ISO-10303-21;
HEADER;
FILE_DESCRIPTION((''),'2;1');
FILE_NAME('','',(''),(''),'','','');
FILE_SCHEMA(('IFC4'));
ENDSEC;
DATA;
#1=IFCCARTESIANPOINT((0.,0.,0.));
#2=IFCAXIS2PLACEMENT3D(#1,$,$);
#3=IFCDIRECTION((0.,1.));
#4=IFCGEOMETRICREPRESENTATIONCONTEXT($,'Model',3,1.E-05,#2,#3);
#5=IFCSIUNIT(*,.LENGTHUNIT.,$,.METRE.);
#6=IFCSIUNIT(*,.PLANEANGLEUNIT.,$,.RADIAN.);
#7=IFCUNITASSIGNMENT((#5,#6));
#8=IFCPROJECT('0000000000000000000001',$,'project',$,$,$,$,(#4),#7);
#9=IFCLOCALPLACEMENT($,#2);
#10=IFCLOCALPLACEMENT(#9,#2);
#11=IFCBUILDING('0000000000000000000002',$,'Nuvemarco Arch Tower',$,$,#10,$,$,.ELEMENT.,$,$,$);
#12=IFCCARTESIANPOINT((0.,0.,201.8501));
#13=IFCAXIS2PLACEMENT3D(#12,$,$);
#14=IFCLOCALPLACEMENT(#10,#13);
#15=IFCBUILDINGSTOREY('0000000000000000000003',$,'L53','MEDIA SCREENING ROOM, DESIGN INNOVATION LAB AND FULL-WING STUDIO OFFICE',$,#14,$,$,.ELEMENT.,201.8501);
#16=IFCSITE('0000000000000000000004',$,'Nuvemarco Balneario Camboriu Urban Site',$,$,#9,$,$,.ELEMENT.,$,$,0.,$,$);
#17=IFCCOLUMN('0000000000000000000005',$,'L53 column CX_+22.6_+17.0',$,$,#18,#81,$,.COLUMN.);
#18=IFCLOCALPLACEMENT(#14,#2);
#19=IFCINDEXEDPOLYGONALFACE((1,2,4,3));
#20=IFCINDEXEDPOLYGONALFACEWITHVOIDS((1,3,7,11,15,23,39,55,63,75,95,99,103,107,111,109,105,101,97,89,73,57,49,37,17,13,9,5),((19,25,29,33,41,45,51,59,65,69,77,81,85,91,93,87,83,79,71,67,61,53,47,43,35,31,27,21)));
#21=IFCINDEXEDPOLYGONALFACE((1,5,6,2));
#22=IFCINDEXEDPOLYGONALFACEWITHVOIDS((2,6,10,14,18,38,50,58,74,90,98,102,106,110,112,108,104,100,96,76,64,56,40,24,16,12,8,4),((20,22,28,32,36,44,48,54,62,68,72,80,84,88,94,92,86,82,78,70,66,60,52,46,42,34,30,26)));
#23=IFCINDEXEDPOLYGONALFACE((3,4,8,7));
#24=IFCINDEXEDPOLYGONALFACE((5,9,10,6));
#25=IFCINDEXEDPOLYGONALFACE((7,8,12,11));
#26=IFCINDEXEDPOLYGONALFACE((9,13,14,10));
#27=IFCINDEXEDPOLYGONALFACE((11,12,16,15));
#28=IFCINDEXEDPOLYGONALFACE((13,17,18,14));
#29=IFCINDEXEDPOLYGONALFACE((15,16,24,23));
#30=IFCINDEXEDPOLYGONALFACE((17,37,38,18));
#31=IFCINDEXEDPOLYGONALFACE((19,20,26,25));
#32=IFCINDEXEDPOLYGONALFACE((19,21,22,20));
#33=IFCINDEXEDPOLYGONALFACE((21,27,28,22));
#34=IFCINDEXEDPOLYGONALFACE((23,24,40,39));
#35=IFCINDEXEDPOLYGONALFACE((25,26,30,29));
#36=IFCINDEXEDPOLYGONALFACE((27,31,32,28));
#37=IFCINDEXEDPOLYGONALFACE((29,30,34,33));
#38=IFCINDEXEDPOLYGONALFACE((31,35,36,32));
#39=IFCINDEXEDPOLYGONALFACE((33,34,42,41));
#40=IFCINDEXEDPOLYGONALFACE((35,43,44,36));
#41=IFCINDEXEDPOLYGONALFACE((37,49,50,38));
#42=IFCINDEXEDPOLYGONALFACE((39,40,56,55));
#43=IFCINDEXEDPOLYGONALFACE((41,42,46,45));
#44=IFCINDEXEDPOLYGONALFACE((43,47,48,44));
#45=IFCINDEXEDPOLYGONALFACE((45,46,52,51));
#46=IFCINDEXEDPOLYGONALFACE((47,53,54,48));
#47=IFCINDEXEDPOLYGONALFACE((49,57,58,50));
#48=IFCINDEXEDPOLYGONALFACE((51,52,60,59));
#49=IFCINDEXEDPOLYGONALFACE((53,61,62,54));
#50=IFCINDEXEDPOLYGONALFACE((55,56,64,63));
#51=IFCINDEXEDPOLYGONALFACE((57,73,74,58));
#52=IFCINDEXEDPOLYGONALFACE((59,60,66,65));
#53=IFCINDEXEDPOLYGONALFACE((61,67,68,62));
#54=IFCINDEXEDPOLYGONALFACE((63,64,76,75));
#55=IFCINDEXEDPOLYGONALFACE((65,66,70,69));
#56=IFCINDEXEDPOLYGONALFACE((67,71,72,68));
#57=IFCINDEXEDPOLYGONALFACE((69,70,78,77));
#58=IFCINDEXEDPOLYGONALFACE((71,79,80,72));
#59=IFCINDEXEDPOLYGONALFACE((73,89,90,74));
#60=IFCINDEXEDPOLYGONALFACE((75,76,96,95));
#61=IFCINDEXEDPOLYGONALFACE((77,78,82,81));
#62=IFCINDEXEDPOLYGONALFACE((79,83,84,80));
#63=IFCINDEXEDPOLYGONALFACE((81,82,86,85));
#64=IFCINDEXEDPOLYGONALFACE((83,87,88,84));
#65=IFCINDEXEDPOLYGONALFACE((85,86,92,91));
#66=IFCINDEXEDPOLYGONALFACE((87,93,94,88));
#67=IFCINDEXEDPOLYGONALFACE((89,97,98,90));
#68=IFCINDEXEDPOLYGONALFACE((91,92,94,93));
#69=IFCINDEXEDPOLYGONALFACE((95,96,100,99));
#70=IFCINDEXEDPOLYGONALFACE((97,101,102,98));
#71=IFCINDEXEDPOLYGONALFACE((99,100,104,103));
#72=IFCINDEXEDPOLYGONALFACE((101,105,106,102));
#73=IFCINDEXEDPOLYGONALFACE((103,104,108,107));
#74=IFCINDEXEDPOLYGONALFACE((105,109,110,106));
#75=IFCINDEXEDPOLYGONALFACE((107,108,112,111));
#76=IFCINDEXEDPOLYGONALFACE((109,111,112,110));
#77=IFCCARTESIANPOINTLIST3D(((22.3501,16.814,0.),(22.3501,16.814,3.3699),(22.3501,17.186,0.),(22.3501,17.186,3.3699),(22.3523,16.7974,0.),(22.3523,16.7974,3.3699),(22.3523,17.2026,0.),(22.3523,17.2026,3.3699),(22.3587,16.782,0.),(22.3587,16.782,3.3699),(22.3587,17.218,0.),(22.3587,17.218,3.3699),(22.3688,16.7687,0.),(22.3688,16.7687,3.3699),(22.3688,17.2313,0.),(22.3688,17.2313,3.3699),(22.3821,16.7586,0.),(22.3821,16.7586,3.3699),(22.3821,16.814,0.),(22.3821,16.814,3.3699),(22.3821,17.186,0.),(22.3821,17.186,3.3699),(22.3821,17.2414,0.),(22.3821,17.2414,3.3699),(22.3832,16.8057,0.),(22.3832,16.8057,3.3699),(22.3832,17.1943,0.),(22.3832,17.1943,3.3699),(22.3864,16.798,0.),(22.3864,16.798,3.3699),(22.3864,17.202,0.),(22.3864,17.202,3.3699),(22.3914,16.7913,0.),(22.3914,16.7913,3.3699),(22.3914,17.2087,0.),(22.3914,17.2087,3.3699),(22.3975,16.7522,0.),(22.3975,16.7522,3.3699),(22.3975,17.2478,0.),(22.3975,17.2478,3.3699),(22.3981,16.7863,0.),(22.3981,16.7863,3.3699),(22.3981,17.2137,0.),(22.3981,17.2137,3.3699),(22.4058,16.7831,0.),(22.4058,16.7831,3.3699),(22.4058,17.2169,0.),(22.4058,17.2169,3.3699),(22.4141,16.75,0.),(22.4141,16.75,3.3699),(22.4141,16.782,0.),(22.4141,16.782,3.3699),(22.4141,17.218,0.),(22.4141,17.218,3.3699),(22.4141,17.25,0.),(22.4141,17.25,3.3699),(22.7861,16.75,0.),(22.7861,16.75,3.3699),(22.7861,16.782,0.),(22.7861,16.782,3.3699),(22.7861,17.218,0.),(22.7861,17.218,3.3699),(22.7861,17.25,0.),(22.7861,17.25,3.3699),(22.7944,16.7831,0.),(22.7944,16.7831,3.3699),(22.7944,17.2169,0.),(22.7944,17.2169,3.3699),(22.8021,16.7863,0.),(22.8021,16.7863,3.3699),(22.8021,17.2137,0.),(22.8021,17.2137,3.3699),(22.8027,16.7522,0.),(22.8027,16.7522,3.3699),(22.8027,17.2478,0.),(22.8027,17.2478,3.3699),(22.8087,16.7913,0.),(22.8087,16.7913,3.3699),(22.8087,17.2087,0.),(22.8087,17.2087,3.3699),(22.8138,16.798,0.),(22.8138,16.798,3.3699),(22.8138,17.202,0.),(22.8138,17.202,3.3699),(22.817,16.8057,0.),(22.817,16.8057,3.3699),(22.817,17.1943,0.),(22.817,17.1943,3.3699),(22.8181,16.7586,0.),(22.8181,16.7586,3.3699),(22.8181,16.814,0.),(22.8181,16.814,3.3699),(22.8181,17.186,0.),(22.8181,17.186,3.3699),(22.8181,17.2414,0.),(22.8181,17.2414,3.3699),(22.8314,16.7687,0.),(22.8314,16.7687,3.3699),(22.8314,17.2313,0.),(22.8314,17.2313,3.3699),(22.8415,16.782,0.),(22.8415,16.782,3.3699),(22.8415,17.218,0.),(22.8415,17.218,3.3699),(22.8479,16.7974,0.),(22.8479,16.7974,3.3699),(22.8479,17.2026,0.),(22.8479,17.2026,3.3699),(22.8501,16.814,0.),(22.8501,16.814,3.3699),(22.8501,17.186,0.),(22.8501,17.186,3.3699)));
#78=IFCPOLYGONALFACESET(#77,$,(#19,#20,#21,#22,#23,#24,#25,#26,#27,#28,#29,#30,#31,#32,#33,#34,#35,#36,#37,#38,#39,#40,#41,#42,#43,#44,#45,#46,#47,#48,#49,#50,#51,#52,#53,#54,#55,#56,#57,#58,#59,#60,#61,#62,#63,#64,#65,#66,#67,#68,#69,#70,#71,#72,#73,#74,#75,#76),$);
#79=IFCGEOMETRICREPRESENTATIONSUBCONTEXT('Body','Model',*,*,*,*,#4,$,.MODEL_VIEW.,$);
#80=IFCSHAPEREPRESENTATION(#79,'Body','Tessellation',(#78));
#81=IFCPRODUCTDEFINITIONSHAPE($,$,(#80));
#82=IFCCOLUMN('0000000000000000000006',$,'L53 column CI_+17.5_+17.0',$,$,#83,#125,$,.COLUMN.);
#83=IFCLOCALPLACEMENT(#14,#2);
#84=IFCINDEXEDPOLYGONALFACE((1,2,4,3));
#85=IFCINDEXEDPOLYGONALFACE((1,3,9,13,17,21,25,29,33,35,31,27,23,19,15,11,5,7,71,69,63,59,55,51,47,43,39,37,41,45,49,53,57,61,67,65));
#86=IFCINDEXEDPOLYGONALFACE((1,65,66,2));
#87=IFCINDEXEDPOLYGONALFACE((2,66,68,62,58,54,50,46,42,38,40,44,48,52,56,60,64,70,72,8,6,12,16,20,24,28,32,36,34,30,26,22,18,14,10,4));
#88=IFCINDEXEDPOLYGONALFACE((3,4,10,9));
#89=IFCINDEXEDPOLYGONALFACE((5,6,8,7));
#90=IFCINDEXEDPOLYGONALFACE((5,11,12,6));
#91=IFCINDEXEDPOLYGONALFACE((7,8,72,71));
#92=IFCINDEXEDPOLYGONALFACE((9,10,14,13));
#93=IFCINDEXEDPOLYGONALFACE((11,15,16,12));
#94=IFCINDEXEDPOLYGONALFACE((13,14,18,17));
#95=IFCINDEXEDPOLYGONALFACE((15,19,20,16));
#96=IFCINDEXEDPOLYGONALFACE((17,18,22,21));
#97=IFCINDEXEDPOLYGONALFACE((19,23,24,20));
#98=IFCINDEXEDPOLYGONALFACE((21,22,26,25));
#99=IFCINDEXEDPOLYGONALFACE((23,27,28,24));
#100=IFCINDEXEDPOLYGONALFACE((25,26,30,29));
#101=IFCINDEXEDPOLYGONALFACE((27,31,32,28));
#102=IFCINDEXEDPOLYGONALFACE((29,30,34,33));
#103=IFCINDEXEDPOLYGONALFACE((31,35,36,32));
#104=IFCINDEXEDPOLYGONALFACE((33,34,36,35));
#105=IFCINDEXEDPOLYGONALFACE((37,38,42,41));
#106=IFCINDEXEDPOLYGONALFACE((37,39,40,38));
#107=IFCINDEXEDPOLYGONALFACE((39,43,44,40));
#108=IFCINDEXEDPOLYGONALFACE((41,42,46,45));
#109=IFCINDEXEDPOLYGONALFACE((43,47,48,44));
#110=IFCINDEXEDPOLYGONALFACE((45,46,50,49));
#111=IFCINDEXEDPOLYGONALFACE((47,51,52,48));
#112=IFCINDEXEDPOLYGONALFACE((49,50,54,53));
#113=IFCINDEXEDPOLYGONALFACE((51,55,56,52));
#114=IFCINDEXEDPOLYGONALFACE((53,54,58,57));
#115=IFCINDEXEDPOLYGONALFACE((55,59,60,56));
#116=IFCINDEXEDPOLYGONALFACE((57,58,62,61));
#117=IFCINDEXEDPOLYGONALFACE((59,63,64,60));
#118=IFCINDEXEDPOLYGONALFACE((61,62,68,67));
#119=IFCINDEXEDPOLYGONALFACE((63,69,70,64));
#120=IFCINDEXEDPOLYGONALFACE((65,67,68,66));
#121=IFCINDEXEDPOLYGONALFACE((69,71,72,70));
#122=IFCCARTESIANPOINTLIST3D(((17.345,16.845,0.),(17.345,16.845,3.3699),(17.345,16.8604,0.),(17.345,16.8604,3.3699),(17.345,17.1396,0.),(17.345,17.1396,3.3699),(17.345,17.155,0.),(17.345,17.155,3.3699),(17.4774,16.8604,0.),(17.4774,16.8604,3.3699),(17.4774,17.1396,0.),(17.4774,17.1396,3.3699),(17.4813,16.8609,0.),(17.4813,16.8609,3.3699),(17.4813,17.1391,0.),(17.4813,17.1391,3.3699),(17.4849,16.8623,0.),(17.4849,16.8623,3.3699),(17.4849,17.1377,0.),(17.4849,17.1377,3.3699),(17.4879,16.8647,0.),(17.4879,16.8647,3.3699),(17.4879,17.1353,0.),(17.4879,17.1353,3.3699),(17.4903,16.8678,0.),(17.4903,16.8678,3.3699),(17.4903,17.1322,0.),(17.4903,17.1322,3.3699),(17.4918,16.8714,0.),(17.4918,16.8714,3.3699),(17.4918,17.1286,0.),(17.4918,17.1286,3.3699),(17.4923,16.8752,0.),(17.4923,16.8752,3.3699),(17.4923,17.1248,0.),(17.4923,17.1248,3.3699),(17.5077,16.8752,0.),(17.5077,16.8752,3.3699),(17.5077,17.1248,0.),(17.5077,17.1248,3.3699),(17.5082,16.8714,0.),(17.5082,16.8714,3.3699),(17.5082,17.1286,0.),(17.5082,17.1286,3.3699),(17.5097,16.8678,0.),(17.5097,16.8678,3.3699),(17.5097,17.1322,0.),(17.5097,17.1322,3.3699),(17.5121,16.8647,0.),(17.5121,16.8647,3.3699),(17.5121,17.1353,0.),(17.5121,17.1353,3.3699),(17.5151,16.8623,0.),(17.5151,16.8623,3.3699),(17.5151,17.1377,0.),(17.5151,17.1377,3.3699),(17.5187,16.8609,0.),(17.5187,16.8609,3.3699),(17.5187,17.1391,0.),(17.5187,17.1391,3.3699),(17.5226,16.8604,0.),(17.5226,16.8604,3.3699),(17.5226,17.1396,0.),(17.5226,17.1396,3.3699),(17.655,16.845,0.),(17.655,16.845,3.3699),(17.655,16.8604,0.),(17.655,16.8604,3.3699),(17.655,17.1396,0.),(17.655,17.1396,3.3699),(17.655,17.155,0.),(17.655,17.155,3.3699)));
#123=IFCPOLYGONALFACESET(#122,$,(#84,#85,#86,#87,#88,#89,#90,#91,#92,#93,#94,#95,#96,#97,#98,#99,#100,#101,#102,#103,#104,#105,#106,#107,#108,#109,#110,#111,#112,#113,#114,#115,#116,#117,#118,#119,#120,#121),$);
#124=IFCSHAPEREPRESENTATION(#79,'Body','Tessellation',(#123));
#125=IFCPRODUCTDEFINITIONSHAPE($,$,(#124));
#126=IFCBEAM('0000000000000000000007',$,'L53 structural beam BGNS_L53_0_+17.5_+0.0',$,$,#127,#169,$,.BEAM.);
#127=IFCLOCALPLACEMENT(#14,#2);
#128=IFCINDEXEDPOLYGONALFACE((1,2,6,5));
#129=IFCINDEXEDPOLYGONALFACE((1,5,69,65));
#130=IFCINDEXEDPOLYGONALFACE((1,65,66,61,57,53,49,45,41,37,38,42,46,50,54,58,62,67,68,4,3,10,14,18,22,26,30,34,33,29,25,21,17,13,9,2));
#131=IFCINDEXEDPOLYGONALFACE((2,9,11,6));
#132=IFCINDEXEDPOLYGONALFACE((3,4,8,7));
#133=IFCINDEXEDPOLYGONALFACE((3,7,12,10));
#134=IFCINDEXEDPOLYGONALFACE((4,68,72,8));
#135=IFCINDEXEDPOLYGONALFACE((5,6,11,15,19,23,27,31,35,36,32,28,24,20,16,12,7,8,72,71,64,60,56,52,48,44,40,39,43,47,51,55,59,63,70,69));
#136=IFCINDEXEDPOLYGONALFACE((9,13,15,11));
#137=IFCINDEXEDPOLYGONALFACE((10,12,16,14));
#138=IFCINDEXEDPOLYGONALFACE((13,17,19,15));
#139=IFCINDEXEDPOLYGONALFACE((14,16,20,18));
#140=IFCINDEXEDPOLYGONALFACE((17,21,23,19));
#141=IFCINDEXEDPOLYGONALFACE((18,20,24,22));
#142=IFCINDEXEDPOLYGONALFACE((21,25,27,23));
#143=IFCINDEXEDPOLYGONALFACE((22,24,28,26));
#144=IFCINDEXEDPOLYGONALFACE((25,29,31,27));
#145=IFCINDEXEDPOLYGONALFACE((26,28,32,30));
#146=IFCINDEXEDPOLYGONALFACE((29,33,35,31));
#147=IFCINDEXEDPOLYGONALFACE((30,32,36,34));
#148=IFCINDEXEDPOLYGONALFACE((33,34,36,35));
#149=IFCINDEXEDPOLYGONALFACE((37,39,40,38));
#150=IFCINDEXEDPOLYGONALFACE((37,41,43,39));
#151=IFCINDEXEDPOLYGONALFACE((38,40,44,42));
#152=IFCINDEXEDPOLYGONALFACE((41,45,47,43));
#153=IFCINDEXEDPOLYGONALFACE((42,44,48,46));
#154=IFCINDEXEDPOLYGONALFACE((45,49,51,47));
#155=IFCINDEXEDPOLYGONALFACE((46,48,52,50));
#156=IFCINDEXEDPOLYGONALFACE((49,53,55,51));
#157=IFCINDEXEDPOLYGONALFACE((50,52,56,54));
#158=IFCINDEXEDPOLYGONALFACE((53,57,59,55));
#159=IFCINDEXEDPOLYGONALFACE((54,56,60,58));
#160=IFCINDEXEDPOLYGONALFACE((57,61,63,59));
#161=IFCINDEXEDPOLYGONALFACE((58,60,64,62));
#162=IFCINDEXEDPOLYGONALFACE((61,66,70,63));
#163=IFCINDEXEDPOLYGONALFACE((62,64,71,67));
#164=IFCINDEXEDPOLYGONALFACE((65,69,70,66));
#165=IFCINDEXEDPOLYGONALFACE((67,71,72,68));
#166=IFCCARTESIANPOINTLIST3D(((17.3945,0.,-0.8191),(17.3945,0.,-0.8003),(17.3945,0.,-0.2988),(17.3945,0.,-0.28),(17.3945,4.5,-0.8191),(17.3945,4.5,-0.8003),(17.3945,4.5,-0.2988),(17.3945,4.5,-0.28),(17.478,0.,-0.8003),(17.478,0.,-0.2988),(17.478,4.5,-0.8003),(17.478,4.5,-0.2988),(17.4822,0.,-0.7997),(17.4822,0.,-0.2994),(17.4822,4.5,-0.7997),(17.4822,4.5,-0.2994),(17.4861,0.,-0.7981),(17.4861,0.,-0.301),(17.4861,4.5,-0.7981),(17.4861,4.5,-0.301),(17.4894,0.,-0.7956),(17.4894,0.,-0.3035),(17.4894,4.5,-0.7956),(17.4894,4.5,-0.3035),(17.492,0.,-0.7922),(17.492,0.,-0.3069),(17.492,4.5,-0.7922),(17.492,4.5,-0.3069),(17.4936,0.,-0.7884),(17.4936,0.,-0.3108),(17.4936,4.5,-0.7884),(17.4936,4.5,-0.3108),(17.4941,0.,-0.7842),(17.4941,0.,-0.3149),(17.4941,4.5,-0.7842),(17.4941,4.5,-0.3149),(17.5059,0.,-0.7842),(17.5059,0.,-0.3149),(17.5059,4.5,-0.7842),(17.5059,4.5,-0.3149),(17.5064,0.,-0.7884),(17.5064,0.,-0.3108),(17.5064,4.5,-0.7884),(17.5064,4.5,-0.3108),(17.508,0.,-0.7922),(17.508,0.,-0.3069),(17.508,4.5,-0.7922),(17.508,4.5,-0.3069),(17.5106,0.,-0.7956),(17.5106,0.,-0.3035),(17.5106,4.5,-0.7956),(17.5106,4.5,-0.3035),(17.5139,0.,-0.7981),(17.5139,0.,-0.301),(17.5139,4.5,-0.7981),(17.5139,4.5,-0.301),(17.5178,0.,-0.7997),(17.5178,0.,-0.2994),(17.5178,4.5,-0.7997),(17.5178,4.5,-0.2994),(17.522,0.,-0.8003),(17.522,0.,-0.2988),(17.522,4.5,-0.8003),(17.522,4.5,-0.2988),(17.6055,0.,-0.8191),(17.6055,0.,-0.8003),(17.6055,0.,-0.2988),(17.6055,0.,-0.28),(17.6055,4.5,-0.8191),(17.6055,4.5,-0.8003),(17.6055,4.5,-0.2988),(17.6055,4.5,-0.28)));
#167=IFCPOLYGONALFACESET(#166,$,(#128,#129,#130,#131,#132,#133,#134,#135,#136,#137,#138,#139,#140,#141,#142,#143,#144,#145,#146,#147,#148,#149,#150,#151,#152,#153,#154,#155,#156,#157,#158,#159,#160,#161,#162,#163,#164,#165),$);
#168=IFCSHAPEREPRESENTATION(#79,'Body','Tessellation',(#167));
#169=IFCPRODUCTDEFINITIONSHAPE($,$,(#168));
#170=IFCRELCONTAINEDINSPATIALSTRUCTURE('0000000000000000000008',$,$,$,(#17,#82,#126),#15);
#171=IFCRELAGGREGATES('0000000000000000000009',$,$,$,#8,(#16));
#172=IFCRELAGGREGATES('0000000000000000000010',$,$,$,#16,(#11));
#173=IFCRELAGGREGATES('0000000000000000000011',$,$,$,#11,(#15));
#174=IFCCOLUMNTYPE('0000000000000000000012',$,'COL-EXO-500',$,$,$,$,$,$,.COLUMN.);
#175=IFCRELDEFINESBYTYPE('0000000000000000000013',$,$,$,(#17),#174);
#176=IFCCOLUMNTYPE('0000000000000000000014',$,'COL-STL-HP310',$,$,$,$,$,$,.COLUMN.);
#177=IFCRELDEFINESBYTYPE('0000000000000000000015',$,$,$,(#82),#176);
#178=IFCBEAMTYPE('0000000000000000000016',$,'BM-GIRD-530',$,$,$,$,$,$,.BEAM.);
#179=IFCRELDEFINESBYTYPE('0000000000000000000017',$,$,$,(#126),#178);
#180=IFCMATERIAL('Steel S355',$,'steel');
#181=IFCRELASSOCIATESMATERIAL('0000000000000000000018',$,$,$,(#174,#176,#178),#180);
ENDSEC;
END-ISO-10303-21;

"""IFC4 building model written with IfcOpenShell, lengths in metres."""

from ifc_helpers import new_model, si_unit, direction, frame, origin, origin_2d, place, context, subcontext, project, spatial, hollow_rectangle, i_section, extrude, material, material_profile, profile_set, type_object, element, save


model = new_model("IFC4")

# Units and contexts
model_context = context("Model", 3, precision=1e-05, world=origin(), true_north=direction((0.0, 1.0)))
body_context = subcontext(model_context, "Body", "Model", "MODEL_VIEW")
ifc_project = project(units=[si_unit("LENGTHUNIT", "METRE"), si_unit("PLANEANGLEUNIT", "RADIAN")], contexts=[model_context])

# Site, building, storey
site_placement = place(None, origin())
site = spatial("IfcSite", under=ifc_project, at=site_placement, Name="Nuvemarco Balneario Camboriu Urban Site", CompositionType="ELEMENT", RefElevation=0.0)
building_placement = place(site_placement, origin())
building = spatial("IfcBuilding", under=site, at=building_placement, Name="Nuvemarco Arch Tower", CompositionType="ELEMENT")
storey_placement = place(building_placement, frame((0.0, 0.0, 201.8501)))
storey = spatial("IfcBuildingStorey", under=building, at=storey_placement, Name="L53", Description="MEDIA SCREENING ROOM, DESIGN INNOVATION LAB AND FULL-WING STUDIO OFFICE", CompositionType="ELEMENT", Elevation=201.8501)

# Columns
ifc_material_1 = material(Name="Steel S355", Category="steel")
ifc_material_profile_1 = material_profile(ifc_material_1, hollow_rectangle(XDim=0.5, YDim=0.5, WallThickness=0.032, InnerFilletRadius=0.032, OuterFilletRadius=0.064, at=origin_2d()), Name="SHS500x500x32")
ifc_profile_set_1 = profile_set([ifc_material_profile_1], Name="Steel S355")
column_type_1 = type_object("IfcColumnType", Name="COL-EXO-500", PredefinedType="COLUMN", material=ifc_profile_set_1)
for number, where, z_axis, x_axis, name in (
    (1, (22.6001, 17.0, 0.0), (0.0, 0.0, 1.0), (1.0, 0.0, 0.0), "L53 column CX_+22.6_+17.0"),
):
    element("IfcColumn", number, at=place(storey_placement, frame(where, z_axis=z_axis, x_axis=x_axis)), inside=storey, type_object=column_type_1, Name=name, PredefinedType="COLUMN", context=body_context, shape_type="SweptSolid", body=[
        extrude(hollow_rectangle(XDim=0.5, YDim=0.5, WallThickness=0.032, InnerFilletRadius=0.032, OuterFilletRadius=0.064, at=origin_2d()), origin(), (0.0, 0.0, 1.0), 3.3699),
    ])
ifc_material_profile_2 = material_profile(ifc_material_1, i_section(OverallWidth=0.3101, OverallDepth=0.3101, WebThickness=0.0154, FlangeThickness=0.0154, FilletRadius=0.0149, at=origin_2d()), Name="HP310x110")
ifc_profile_set_2 = profile_set([ifc_material_profile_2], Name="Steel S355")
column_type_2 = type_object("IfcColumnType", Name="COL-STL-HP310", PredefinedType="COLUMN", material=ifc_profile_set_2)
column_placement = place(storey_placement, frame((17.5, 17.0, 0.0), z_axis=(0.0, 0.0, 1.0), x_axis=(1.0, 0.0, 0.0)))
element("IfcColumn", 2, at=column_placement, inside=storey, type_object=column_type_2, Name="L53 column CI_+17.5_+17.0", PredefinedType="COLUMN", context=body_context, shape_type="SweptSolid", body=[
    extrude(i_section(OverallWidth=0.3101, OverallDepth=0.3101, WebThickness=0.0154, FlangeThickness=0.0154, FilletRadius=0.0149, at=origin_2d()), origin(), (0.0, 0.0, 1.0), 3.3699),
])

# Beam
ifc_material_profile_3 = material_profile(ifc_material_1, i_section(OverallWidth=0.2109, OverallDepth=0.5391, WebThickness=0.0117, FlangeThickness=0.0188, FilletRadius=0.0161, at=origin_2d()), Name="W530x109")
ifc_profile_set_3 = profile_set([ifc_material_profile_3], Name="Steel S355")
beam_type_1 = type_object("IfcBeamType", Name="BM-GIRD-530", PredefinedType="BEAM", material=ifc_profile_set_3)
beam_1_placement = place(storey_placement, frame((17.5, 0.0, -0.5496), z_axis=(0.0, 1.0, 0.0), x_axis=(-1.0, 0.0, 0.0)))
element("IfcBeam", 3, at=beam_1_placement, inside=storey, type_object=beam_type_1, Name="L53 structural beam BGNS_L53_0_+17.5_+0.0", PredefinedType="BEAM", context=body_context, shape_type="SweptSolid", body=[
    extrude(i_section(OverallWidth=0.2109, OverallDepth=0.5391, WebThickness=0.0117, FlangeThickness=0.0188, FilletRadius=0.0161, at=origin_2d()), origin(), (0.0, 0.0, 1.0), 4.5),
])

save(model, "model.ifc")
